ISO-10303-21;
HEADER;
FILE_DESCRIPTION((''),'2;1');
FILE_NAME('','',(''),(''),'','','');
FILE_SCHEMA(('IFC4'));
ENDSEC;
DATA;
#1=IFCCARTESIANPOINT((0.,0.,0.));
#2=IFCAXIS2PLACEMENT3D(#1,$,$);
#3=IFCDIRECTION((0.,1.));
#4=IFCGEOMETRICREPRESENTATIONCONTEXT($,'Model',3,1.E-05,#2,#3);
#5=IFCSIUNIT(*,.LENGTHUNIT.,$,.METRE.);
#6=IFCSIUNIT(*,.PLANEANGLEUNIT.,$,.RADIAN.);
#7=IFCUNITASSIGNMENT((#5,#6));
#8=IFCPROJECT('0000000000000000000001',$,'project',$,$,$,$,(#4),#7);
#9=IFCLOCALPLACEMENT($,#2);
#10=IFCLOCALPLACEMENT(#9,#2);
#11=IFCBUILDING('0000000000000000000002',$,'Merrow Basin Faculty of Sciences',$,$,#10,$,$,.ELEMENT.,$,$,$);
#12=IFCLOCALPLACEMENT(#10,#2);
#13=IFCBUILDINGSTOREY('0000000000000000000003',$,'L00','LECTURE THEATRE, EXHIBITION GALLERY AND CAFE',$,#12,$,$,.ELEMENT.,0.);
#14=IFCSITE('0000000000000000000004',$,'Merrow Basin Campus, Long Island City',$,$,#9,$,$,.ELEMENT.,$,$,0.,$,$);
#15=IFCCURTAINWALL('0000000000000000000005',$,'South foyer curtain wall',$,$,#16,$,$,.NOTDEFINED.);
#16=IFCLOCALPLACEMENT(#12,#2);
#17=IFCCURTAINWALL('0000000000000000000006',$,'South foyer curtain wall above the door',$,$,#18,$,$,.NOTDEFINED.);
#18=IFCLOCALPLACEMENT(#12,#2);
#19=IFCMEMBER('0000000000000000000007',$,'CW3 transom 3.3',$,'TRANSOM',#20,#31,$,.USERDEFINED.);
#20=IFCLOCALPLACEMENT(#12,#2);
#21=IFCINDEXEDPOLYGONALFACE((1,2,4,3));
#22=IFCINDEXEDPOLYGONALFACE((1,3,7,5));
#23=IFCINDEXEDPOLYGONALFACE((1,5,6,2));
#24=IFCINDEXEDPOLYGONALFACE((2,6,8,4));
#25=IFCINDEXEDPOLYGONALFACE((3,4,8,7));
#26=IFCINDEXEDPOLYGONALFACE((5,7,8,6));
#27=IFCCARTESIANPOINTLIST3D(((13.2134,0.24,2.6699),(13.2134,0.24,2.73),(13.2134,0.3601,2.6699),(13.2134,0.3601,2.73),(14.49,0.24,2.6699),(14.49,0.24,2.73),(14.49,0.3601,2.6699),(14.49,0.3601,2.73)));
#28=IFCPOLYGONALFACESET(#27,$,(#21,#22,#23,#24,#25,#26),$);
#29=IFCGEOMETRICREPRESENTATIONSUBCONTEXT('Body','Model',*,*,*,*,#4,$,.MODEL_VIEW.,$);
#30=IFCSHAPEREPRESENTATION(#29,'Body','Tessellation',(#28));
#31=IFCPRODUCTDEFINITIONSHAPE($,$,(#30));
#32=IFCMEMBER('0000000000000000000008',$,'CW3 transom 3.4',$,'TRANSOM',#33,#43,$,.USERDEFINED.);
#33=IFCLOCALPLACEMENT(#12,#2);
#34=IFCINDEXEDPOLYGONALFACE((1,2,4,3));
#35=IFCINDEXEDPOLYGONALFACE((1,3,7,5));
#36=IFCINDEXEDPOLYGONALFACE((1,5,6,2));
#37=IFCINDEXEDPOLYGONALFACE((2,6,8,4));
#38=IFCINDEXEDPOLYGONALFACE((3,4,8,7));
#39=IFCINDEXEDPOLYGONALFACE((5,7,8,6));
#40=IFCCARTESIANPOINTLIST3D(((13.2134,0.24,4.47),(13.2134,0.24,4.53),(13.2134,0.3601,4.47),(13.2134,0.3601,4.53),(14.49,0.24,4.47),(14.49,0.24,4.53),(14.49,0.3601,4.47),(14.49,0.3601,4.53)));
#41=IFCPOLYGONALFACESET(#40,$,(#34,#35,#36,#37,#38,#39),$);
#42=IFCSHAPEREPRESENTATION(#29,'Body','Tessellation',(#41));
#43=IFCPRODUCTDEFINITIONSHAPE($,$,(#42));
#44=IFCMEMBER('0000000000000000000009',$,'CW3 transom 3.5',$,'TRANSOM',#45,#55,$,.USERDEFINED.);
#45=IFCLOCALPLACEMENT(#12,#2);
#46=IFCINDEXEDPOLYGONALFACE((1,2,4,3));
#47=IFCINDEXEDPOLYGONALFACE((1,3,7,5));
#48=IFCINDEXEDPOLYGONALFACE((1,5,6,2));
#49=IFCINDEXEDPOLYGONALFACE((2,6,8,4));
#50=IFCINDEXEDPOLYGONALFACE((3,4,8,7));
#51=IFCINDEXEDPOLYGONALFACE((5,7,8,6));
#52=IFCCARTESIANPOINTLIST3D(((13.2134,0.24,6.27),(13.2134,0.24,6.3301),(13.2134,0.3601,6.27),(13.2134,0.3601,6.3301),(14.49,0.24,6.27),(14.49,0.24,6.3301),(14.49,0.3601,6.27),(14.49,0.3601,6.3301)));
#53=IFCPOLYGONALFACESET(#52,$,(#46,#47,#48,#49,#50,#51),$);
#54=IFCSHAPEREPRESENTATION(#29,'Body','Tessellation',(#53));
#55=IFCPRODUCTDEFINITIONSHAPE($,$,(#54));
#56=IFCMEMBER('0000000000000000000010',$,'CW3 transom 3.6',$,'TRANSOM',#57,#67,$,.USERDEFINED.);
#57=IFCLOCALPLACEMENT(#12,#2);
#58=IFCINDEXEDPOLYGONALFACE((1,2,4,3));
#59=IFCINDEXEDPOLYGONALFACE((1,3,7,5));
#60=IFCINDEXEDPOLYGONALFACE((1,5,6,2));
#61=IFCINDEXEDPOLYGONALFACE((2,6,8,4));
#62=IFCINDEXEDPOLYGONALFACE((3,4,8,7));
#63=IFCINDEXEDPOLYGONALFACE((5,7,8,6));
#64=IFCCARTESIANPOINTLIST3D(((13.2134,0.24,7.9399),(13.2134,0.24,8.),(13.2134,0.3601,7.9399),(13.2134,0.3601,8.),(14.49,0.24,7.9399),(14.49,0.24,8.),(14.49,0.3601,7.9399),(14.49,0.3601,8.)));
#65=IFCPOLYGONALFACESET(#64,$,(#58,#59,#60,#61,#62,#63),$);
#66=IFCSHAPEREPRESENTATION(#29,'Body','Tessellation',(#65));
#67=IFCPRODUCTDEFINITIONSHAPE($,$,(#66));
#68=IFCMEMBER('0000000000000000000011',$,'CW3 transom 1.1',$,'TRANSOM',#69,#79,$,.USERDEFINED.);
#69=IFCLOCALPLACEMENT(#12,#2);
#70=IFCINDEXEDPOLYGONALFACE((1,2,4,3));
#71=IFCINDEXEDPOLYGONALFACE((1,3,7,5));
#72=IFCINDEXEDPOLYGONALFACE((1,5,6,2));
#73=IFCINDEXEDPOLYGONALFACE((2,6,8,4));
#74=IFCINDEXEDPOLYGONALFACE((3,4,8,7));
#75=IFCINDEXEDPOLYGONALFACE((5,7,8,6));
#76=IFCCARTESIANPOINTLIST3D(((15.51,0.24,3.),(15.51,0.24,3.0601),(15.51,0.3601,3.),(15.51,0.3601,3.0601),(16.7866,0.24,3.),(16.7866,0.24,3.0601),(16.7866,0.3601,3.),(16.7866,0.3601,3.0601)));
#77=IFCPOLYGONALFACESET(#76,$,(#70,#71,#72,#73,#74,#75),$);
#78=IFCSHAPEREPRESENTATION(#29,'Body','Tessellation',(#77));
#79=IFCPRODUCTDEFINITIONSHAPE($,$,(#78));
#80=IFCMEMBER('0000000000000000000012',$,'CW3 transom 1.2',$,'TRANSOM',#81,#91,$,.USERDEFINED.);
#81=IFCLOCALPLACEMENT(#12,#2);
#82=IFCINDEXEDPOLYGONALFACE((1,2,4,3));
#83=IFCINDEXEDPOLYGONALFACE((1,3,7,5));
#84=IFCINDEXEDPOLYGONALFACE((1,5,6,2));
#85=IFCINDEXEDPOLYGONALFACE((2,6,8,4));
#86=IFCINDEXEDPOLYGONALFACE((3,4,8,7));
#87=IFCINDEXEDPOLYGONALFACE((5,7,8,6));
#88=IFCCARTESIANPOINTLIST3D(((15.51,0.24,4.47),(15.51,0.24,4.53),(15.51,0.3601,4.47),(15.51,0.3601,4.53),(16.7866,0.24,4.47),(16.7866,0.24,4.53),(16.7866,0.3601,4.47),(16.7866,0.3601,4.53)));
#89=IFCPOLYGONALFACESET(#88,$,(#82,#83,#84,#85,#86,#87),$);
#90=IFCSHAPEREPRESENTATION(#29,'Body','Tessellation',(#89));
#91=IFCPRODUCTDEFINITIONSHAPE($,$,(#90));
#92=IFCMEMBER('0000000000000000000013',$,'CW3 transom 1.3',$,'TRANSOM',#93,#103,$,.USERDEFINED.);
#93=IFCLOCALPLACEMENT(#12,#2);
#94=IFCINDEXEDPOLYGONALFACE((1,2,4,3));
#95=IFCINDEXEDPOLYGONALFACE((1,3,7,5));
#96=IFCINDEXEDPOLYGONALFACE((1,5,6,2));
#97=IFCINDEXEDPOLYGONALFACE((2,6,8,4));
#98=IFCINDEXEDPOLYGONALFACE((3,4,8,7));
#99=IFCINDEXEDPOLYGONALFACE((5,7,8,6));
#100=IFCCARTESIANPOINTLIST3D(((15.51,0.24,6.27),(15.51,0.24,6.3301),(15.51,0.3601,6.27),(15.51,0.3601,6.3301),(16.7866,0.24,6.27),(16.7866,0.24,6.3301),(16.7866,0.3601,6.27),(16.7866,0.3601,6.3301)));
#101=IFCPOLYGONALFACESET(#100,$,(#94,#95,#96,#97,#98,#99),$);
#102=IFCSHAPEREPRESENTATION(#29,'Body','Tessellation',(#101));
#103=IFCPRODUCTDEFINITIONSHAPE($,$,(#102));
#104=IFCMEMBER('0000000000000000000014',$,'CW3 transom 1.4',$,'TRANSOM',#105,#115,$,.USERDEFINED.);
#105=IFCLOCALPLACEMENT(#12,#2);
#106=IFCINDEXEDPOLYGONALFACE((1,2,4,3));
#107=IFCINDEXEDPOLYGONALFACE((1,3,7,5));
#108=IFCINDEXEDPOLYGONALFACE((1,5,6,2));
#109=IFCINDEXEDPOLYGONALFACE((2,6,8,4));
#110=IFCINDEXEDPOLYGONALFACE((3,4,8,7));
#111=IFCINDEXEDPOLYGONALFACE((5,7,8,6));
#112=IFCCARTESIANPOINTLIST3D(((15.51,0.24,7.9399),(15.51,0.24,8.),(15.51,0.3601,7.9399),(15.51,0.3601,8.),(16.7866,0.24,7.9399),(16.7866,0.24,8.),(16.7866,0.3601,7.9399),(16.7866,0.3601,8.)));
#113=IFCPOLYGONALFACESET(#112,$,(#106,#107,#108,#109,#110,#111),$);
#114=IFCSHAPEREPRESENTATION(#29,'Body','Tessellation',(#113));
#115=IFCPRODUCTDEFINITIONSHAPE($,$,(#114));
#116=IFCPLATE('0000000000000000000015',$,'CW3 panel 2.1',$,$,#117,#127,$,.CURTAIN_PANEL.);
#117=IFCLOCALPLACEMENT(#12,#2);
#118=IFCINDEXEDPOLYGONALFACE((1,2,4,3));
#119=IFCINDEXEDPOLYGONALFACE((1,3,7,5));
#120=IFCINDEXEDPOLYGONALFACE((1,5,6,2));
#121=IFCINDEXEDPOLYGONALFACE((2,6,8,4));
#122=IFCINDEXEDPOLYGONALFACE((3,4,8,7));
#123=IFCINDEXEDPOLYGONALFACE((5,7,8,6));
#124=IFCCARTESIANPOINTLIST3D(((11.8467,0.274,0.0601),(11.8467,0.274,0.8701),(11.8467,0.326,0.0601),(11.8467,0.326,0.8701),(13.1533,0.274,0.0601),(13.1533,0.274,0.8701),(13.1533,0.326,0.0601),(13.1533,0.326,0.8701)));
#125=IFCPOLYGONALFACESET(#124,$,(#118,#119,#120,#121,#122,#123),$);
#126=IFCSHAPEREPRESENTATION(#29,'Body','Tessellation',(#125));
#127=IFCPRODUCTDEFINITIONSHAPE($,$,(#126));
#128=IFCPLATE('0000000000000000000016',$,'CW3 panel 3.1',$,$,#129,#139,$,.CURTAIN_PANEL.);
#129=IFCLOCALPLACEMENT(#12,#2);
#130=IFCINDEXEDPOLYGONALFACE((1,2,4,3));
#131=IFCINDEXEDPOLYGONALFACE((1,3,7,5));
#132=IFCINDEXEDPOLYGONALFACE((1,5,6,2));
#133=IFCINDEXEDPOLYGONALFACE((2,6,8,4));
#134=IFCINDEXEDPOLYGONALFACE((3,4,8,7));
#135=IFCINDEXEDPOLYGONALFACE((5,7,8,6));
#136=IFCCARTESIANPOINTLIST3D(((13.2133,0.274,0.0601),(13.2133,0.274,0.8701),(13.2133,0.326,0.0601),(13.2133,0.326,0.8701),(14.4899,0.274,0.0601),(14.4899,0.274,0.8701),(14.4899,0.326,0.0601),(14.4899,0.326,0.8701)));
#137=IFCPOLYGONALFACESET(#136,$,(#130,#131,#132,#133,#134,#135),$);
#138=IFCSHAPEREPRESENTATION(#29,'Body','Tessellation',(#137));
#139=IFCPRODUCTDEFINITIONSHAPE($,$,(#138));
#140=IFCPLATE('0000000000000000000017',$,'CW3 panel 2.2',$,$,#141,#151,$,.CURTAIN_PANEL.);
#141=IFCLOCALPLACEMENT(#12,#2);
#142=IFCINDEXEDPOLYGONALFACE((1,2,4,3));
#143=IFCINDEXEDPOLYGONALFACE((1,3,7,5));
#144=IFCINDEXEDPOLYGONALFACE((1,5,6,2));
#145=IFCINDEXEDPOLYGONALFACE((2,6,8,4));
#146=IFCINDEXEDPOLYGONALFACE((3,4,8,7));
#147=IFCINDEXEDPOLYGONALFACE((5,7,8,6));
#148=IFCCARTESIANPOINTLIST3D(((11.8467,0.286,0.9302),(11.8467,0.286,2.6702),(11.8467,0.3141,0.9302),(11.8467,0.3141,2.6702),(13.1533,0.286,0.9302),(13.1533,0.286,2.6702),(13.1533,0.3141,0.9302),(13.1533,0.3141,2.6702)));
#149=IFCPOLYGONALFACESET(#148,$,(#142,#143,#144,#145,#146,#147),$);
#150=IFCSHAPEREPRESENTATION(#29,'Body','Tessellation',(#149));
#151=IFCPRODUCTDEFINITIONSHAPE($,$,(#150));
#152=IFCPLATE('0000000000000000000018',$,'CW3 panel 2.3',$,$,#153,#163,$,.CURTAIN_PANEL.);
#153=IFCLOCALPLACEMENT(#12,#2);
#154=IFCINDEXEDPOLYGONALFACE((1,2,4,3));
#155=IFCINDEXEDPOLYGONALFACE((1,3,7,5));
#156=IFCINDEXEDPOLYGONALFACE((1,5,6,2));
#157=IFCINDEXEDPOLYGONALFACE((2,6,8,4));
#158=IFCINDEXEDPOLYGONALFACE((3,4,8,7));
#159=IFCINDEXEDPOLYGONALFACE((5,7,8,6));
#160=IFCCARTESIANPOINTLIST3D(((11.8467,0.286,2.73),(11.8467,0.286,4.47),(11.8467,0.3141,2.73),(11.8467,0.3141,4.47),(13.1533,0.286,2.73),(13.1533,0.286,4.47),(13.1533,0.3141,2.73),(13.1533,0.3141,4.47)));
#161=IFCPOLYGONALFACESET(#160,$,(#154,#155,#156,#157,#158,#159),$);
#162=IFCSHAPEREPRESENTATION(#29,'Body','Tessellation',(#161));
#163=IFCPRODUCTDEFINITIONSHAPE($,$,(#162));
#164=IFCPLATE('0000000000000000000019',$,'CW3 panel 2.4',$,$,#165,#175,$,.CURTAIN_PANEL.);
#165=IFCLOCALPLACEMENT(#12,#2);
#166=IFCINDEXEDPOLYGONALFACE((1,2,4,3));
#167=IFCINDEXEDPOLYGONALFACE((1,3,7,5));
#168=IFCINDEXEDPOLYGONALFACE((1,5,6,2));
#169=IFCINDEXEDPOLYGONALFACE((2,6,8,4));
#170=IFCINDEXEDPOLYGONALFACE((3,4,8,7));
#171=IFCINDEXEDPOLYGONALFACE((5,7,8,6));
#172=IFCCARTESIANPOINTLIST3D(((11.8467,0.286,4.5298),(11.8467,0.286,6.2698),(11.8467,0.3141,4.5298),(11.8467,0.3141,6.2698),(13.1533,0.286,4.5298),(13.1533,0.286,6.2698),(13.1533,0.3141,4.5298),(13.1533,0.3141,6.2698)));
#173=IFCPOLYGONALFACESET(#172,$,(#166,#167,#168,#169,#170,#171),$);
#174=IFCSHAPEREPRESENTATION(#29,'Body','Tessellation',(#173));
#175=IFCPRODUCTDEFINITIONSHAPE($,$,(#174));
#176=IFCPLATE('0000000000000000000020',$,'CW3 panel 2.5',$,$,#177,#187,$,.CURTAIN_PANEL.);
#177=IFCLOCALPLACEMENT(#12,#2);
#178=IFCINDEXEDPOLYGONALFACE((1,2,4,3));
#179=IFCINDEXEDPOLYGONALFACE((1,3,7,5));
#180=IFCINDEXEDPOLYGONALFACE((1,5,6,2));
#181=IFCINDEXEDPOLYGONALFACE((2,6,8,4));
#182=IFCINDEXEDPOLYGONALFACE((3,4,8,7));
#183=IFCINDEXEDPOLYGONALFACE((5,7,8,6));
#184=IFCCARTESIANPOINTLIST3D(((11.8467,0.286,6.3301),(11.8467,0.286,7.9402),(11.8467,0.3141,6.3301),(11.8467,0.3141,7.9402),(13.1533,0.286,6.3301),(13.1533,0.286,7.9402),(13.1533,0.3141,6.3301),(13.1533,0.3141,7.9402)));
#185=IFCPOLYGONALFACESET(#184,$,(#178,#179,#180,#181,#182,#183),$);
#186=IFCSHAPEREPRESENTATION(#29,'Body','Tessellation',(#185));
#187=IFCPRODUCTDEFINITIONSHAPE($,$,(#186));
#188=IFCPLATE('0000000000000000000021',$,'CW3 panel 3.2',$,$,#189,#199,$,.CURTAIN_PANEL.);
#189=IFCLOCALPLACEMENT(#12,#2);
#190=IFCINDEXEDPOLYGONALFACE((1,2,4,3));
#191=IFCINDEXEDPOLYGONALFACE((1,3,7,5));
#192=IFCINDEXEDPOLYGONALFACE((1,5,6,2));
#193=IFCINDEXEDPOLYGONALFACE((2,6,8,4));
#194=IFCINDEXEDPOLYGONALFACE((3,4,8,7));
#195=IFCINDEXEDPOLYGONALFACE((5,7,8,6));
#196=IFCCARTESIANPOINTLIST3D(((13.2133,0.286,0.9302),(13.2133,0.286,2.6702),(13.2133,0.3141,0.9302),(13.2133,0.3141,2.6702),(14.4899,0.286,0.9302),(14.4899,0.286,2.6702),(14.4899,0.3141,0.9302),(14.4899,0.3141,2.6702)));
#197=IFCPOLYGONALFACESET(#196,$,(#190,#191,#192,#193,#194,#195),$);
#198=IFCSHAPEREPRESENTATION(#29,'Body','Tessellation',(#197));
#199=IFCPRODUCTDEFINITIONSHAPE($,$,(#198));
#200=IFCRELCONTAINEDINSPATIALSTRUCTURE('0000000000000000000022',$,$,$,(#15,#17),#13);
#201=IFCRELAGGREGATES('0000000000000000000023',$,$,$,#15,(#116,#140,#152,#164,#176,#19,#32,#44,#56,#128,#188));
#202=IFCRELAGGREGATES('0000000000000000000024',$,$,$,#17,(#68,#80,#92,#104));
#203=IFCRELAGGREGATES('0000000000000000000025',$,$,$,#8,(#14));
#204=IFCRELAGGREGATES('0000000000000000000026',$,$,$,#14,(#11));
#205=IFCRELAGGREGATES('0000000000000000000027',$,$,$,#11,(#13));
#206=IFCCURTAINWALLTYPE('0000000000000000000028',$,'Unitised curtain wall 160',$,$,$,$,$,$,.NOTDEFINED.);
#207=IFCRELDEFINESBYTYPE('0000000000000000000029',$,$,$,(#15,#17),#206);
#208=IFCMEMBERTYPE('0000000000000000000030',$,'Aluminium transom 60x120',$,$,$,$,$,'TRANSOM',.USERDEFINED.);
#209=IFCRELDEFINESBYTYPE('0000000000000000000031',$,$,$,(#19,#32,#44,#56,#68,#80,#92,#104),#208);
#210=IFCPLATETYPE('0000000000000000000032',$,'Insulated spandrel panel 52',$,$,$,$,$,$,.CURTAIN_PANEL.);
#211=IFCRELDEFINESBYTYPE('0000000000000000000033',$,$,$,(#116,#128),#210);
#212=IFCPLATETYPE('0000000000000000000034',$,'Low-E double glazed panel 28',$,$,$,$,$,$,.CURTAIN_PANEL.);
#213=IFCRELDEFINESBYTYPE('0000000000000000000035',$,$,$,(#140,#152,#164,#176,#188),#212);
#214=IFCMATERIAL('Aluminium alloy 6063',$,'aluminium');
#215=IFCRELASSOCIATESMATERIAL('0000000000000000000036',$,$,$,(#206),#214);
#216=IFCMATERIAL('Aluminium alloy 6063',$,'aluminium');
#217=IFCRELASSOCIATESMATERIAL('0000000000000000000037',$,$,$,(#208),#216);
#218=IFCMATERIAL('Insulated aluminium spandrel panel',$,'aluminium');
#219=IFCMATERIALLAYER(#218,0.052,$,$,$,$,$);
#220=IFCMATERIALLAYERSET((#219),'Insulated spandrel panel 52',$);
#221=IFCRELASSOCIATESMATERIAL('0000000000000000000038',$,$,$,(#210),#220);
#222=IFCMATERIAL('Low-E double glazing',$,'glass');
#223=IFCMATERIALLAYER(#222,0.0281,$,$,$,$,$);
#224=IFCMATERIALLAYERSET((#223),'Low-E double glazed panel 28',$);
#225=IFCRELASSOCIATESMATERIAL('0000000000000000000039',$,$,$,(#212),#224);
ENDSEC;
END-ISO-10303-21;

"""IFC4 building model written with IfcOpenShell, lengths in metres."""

from ifc_helpers import new_model, si_unit, direction, frame, origin, origin_2d, place, context, subcontext, project, spatial, rectangle, extrude, material, layer, layer_set, material_profile, profile_set, type_object, element, aggregate, save


model = new_model("IFC4")

# Units and contexts
model_context = context("Model", 3, precision=1e-05, world=origin(), true_north=direction((0.0, 1.0)))
body_context = subcontext(model_context, "Body", "Model", "MODEL_VIEW")
ifc_project = project(units=[si_unit("LENGTHUNIT", "METRE"), si_unit("PLANEANGLEUNIT", "RADIAN")], contexts=[model_context])

# Site, building, storey
site_placement = place(None, origin())
site = spatial("IfcSite", under=ifc_project, at=site_placement, Name="Merrow Basin Campus, Long Island City", CompositionType="ELEMENT", RefElevation=0.0)
building_placement = place(site_placement, origin())
building = spatial("IfcBuilding", under=site, at=building_placement, Name="Merrow Basin Faculty of Sciences", CompositionType="ELEMENT")
storey_placement = place(building_placement, origin())
storey = spatial("IfcBuildingStorey", under=building, at=storey_placement, Name="L00", Description="LECTURE THEATRE, EXHIBITION GALLERY AND CAFE", CompositionType="ELEMENT", Elevation=0.0)

# Curtain wall
ifc_material_1 = material(Name="Aluminium alloy 6063", Category="aluminium")
curtain_wall_type = type_object("IfcCurtainWallType", Name="Unitised curtain wall 160", PredefinedType="NOTDEFINED", material=ifc_material_1)
curtain_wall_1_placement = place(storey_placement, origin())
curtain_wall_1 = element("IfcCurtainWall", 1, at=curtain_wall_1_placement, inside=storey, type_object=curtain_wall_type, Name="South foyer curtain wall", PredefinedType="NOTDEFINED")

# Curtain wall
curtain_wall_2_placement = place(storey_placement, origin())
curtain_wall_2 = element("IfcCurtainWall", 2, at=curtain_wall_2_placement, inside=storey, type_object=curtain_wall_type, Name="South foyer curtain wall above the door", PredefinedType="NOTDEFINED")

# Members
ifc_material_2 = material(Name="Aluminium alloy 6063", Category="aluminium")
ifc_material_profile_1 = material_profile(ifc_material_2, rectangle(XDim=0.1201, YDim=0.0601, at=origin_2d()))
ifc_profile_set_1 = profile_set([ifc_material_profile_1], Name="Aluminium alloy 6063")
member_type_1 = type_object("IfcMemberType", Name="Aluminium transom 60x120", ElementType="TRANSOM", PredefinedType="USERDEFINED", material=ifc_profile_set_1)
member_1_placement = place(storey_placement, frame((13.2134, 0.3, 2.7), z_axis=(1.0, 0.0, 0.0), x_axis=(0.0, 1.0, 0.0)))
member_1 = element("IfcMember", 3, at=member_1_placement, type_object=member_type_1, Name="CW3 transom 3.3", ObjectType="TRANSOM", PredefinedType="USERDEFINED", context=body_context, shape_type="SweptSolid", body=[
    extrude(rectangle(XDim=0.1201, YDim=0.0601, at=origin_2d()), origin(), (0.0, 0.0, 1.0), 1.2766),
])
member_2_placement = place(storey_placement, frame((13.2134, 0.3, 4.5), z_axis=(1.0, 0.0, 0.0), x_axis=(0.0, 1.0, 0.0)))
member_2 = element("IfcMember", 4, at=member_2_placement, type_object=member_type_1, Name="CW3 transom 3.4", ObjectType="TRANSOM", PredefinedType="USERDEFINED", context=body_context, shape_type="SweptSolid", body=[
    extrude(rectangle(XDim=0.1201, YDim=0.0601, at=origin_2d()), origin(), (0.0, 0.0, 1.0), 1.2766),
])
member_3_placement = place(storey_placement, frame((13.2134, 0.3, 6.3), z_axis=(1.0, 0.0, 0.0), x_axis=(0.0, 1.0, 0.0)))
member_3 = element("IfcMember", 5, at=member_3_placement, type_object=member_type_1, Name="CW3 transom 3.5", ObjectType="TRANSOM", PredefinedType="USERDEFINED", context=body_context, shape_type="SweptSolid", body=[
    extrude(rectangle(XDim=0.1201, YDim=0.0601, at=origin_2d()), origin(), (0.0, 0.0, 1.0), 1.2766),
])
member_4_placement = place(storey_placement, frame((13.2134, 0.3, 7.97), z_axis=(1.0, 0.0, 0.0), x_axis=(0.0, 1.0, 0.0)))
member_4 = element("IfcMember", 6, at=member_4_placement, type_object=member_type_1, Name="CW3 transom 3.6", ObjectType="TRANSOM", PredefinedType="USERDEFINED", context=body_context, shape_type="SweptSolid", body=[
    extrude(rectangle(XDim=0.1201, YDim=0.0601, at=origin_2d()), origin(), (0.0, 0.0, 1.0), 1.2766),
])
member_5_placement = place(storey_placement, frame((15.51, 0.3, 3.03), z_axis=(1.0, 0.0, 0.0), x_axis=(0.0, 1.0, 0.0)))
member_5 = element("IfcMember", 7, at=member_5_placement, type_object=member_type_1, Name="CW3 transom 1.1", ObjectType="TRANSOM", PredefinedType="USERDEFINED", context=body_context, shape_type="SweptSolid", body=[
    extrude(rectangle(XDim=0.1201, YDim=0.0601, at=origin_2d()), origin(), (0.0, 0.0, 1.0), 1.2766),
])
member_6_placement = place(storey_placement, frame((15.51, 0.3, 4.5), z_axis=(1.0, 0.0, 0.0), x_axis=(0.0, 1.0, 0.0)))
member_6 = element("IfcMember", 8, at=member_6_placement, type_object=member_type_1, Name="CW3 transom 1.2", ObjectType="TRANSOM", PredefinedType="USERDEFINED", context=body_context, shape_type="SweptSolid", body=[
    extrude(rectangle(XDim=0.1201, YDim=0.0601, at=origin_2d()), origin(), (0.0, 0.0, 1.0), 1.2766),
])
member_7_placement = place(storey_placement, frame((15.51, 0.3, 6.3), z_axis=(1.0, 0.0, 0.0), x_axis=(0.0, 1.0, 0.0)))
member_7 = element("IfcMember", 9, at=member_7_placement, type_object=member_type_1, Name="CW3 transom 1.3", ObjectType="TRANSOM", PredefinedType="USERDEFINED", context=body_context, shape_type="SweptSolid", body=[
    extrude(rectangle(XDim=0.1201, YDim=0.0601, at=origin_2d()), origin(), (0.0, 0.0, 1.0), 1.2766),
])
member_8_placement = place(storey_placement, frame((15.51, 0.3, 7.97), z_axis=(1.0, 0.0, 0.0), x_axis=(0.0, 1.0, 0.0)))
member_8 = element("IfcMember", 10, at=member_8_placement, type_object=member_type_1, Name="CW3 transom 1.4", ObjectType="TRANSOM", PredefinedType="USERDEFINED", context=body_context, shape_type="SweptSolid", body=[
    extrude(rectangle(XDim=0.1201, YDim=0.0601, at=origin_2d()), origin(), (0.0, 0.0, 1.0), 1.2766),
])

# Plates
ifc_material_3 = material(Name="Insulated aluminium spandrel panel", Category="aluminium")
ifc_layer_1 = layer(ifc_material_3, 0.052)
ifc_layer_set_1 = layer_set([ifc_layer_1], Name="Insulated spandrel panel 52")
plate_type_1 = type_object("IfcPlateType", Name="Insulated spandrel panel 52", PredefinedType="CURTAIN_PANEL", material=ifc_layer_set_1)
plate_1_placement = place(storey_placement, frame((12.5, 0.3, 0.0601), z_axis=(0.0, 0.0, 1.0), x_axis=(1.0, 0.0, 0.0)))
plate_1 = element("IfcPlate", 11, at=plate_1_placement, type_object=plate_type_1, Name="CW3 panel 2.1", PredefinedType="CURTAIN_PANEL", context=body_context, shape_type="SweptSolid", body=[
    extrude(rectangle(XDim=1.3066, YDim=0.052, at=origin_2d()), origin(), (0.0, 0.0, 1.0), 0.8101),
])
plate_2_placement = place(storey_placement, frame((13.8516, 0.3, 0.0601), z_axis=(0.0, 0.0, 1.0), x_axis=(1.0, 0.0, 0.0)))
plate_2 = element("IfcPlate", 12, at=plate_2_placement, type_object=plate_type_1, Name="CW3 panel 3.1", PredefinedType="CURTAIN_PANEL", context=body_context, shape_type="SweptSolid", body=[
    extrude(rectangle(XDim=1.2766, YDim=0.052, at=origin_2d()), origin(), (0.0, 0.0, 1.0), 0.8101),
])
ifc_material_4 = material(Name="Low-E double glazing", Category="glass")
ifc_layer_2 = layer(ifc_material_4, 0.0281)
ifc_layer_set_2 = layer_set([ifc_layer_2], Name="Low-E double glazed panel 28")
plate_type_2 = type_object("IfcPlateType", Name="Low-E double glazed panel 28", PredefinedType="CURTAIN_PANEL", material=ifc_layer_set_2)
plate_3_placement = place(storey_placement, frame((12.5, 0.3, 0.9302), z_axis=(0.0, 0.0, 1.0), x_axis=(1.0, 0.0, 0.0)))
plate_3 = element("IfcPlate", 13, at=plate_3_placement, type_object=plate_type_2, Name="CW3 panel 2.2", PredefinedType="CURTAIN_PANEL", context=body_context, shape_type="SweptSolid", body=[
    extrude(rectangle(XDim=1.3066, YDim=0.0281, at=origin_2d()), origin(), (0.0, 0.0, 1.0), 1.74),
])
plate_4_placement = place(storey_placement, frame((12.5, 0.3, 2.73), z_axis=(0.0, 0.0, 1.0), x_axis=(1.0, 0.0, 0.0)))
plate_4 = element("IfcPlate", 14, at=plate_4_placement, type_object=plate_type_2, Name="CW3 panel 2.3", PredefinedType="CURTAIN_PANEL", context=body_context, shape_type="SweptSolid", body=[
    extrude(rectangle(XDim=1.3066, YDim=0.0281, at=origin_2d()), origin(), (0.0, 0.0, 1.0), 1.74),
])
plate_5_placement = place(storey_placement, frame((12.5, 0.3, 4.5298), z_axis=(0.0, 0.0, 1.0), x_axis=(1.0, 0.0, 0.0)))
plate_5 = element("IfcPlate", 15, at=plate_5_placement, type_object=plate_type_2, Name="CW3 panel 2.4", PredefinedType="CURTAIN_PANEL", context=body_context, shape_type="SweptSolid", body=[
    extrude(rectangle(XDim=1.3066, YDim=0.0281, at=origin_2d()), origin(), (0.0, 0.0, 1.0), 1.74),
])
plate_6_placement = place(storey_placement, frame((12.5, 0.3, 6.3301), z_axis=(0.0, 0.0, 1.0), x_axis=(1.0, 0.0, 0.0)))
plate_6 = element("IfcPlate", 16, at=plate_6_placement, type_object=plate_type_2, Name="CW3 panel 2.5", PredefinedType="CURTAIN_PANEL", context=body_context, shape_type="SweptSolid", body=[
    extrude(rectangle(XDim=1.3066, YDim=0.0281, at=origin_2d()), origin(), (0.0, 0.0, 1.0), 1.6101),
])
plate_7_placement = place(storey_placement, frame((13.8516, 0.3, 0.9302), z_axis=(0.0, 0.0, 1.0), x_axis=(1.0, 0.0, 0.0)))
plate_7 = element("IfcPlate", 17, at=plate_7_placement, type_object=plate_type_2, Name="CW3 panel 3.2", PredefinedType="CURTAIN_PANEL", context=body_context, shape_type="SweptSolid", body=[
    extrude(rectangle(XDim=1.2766, YDim=0.0281, at=origin_2d()), origin(), (0.0, 0.0, 1.0), 1.74),
])
aggregate(curtain_wall_1, [plate_1, plate_3, plate_4, plate_5, plate_6, member_1, member_2, member_3, member_4, plate_2, plate_7])
aggregate(curtain_wall_2, [member_5, member_6, member_7, member_8])

save(model, "model.ifc")
